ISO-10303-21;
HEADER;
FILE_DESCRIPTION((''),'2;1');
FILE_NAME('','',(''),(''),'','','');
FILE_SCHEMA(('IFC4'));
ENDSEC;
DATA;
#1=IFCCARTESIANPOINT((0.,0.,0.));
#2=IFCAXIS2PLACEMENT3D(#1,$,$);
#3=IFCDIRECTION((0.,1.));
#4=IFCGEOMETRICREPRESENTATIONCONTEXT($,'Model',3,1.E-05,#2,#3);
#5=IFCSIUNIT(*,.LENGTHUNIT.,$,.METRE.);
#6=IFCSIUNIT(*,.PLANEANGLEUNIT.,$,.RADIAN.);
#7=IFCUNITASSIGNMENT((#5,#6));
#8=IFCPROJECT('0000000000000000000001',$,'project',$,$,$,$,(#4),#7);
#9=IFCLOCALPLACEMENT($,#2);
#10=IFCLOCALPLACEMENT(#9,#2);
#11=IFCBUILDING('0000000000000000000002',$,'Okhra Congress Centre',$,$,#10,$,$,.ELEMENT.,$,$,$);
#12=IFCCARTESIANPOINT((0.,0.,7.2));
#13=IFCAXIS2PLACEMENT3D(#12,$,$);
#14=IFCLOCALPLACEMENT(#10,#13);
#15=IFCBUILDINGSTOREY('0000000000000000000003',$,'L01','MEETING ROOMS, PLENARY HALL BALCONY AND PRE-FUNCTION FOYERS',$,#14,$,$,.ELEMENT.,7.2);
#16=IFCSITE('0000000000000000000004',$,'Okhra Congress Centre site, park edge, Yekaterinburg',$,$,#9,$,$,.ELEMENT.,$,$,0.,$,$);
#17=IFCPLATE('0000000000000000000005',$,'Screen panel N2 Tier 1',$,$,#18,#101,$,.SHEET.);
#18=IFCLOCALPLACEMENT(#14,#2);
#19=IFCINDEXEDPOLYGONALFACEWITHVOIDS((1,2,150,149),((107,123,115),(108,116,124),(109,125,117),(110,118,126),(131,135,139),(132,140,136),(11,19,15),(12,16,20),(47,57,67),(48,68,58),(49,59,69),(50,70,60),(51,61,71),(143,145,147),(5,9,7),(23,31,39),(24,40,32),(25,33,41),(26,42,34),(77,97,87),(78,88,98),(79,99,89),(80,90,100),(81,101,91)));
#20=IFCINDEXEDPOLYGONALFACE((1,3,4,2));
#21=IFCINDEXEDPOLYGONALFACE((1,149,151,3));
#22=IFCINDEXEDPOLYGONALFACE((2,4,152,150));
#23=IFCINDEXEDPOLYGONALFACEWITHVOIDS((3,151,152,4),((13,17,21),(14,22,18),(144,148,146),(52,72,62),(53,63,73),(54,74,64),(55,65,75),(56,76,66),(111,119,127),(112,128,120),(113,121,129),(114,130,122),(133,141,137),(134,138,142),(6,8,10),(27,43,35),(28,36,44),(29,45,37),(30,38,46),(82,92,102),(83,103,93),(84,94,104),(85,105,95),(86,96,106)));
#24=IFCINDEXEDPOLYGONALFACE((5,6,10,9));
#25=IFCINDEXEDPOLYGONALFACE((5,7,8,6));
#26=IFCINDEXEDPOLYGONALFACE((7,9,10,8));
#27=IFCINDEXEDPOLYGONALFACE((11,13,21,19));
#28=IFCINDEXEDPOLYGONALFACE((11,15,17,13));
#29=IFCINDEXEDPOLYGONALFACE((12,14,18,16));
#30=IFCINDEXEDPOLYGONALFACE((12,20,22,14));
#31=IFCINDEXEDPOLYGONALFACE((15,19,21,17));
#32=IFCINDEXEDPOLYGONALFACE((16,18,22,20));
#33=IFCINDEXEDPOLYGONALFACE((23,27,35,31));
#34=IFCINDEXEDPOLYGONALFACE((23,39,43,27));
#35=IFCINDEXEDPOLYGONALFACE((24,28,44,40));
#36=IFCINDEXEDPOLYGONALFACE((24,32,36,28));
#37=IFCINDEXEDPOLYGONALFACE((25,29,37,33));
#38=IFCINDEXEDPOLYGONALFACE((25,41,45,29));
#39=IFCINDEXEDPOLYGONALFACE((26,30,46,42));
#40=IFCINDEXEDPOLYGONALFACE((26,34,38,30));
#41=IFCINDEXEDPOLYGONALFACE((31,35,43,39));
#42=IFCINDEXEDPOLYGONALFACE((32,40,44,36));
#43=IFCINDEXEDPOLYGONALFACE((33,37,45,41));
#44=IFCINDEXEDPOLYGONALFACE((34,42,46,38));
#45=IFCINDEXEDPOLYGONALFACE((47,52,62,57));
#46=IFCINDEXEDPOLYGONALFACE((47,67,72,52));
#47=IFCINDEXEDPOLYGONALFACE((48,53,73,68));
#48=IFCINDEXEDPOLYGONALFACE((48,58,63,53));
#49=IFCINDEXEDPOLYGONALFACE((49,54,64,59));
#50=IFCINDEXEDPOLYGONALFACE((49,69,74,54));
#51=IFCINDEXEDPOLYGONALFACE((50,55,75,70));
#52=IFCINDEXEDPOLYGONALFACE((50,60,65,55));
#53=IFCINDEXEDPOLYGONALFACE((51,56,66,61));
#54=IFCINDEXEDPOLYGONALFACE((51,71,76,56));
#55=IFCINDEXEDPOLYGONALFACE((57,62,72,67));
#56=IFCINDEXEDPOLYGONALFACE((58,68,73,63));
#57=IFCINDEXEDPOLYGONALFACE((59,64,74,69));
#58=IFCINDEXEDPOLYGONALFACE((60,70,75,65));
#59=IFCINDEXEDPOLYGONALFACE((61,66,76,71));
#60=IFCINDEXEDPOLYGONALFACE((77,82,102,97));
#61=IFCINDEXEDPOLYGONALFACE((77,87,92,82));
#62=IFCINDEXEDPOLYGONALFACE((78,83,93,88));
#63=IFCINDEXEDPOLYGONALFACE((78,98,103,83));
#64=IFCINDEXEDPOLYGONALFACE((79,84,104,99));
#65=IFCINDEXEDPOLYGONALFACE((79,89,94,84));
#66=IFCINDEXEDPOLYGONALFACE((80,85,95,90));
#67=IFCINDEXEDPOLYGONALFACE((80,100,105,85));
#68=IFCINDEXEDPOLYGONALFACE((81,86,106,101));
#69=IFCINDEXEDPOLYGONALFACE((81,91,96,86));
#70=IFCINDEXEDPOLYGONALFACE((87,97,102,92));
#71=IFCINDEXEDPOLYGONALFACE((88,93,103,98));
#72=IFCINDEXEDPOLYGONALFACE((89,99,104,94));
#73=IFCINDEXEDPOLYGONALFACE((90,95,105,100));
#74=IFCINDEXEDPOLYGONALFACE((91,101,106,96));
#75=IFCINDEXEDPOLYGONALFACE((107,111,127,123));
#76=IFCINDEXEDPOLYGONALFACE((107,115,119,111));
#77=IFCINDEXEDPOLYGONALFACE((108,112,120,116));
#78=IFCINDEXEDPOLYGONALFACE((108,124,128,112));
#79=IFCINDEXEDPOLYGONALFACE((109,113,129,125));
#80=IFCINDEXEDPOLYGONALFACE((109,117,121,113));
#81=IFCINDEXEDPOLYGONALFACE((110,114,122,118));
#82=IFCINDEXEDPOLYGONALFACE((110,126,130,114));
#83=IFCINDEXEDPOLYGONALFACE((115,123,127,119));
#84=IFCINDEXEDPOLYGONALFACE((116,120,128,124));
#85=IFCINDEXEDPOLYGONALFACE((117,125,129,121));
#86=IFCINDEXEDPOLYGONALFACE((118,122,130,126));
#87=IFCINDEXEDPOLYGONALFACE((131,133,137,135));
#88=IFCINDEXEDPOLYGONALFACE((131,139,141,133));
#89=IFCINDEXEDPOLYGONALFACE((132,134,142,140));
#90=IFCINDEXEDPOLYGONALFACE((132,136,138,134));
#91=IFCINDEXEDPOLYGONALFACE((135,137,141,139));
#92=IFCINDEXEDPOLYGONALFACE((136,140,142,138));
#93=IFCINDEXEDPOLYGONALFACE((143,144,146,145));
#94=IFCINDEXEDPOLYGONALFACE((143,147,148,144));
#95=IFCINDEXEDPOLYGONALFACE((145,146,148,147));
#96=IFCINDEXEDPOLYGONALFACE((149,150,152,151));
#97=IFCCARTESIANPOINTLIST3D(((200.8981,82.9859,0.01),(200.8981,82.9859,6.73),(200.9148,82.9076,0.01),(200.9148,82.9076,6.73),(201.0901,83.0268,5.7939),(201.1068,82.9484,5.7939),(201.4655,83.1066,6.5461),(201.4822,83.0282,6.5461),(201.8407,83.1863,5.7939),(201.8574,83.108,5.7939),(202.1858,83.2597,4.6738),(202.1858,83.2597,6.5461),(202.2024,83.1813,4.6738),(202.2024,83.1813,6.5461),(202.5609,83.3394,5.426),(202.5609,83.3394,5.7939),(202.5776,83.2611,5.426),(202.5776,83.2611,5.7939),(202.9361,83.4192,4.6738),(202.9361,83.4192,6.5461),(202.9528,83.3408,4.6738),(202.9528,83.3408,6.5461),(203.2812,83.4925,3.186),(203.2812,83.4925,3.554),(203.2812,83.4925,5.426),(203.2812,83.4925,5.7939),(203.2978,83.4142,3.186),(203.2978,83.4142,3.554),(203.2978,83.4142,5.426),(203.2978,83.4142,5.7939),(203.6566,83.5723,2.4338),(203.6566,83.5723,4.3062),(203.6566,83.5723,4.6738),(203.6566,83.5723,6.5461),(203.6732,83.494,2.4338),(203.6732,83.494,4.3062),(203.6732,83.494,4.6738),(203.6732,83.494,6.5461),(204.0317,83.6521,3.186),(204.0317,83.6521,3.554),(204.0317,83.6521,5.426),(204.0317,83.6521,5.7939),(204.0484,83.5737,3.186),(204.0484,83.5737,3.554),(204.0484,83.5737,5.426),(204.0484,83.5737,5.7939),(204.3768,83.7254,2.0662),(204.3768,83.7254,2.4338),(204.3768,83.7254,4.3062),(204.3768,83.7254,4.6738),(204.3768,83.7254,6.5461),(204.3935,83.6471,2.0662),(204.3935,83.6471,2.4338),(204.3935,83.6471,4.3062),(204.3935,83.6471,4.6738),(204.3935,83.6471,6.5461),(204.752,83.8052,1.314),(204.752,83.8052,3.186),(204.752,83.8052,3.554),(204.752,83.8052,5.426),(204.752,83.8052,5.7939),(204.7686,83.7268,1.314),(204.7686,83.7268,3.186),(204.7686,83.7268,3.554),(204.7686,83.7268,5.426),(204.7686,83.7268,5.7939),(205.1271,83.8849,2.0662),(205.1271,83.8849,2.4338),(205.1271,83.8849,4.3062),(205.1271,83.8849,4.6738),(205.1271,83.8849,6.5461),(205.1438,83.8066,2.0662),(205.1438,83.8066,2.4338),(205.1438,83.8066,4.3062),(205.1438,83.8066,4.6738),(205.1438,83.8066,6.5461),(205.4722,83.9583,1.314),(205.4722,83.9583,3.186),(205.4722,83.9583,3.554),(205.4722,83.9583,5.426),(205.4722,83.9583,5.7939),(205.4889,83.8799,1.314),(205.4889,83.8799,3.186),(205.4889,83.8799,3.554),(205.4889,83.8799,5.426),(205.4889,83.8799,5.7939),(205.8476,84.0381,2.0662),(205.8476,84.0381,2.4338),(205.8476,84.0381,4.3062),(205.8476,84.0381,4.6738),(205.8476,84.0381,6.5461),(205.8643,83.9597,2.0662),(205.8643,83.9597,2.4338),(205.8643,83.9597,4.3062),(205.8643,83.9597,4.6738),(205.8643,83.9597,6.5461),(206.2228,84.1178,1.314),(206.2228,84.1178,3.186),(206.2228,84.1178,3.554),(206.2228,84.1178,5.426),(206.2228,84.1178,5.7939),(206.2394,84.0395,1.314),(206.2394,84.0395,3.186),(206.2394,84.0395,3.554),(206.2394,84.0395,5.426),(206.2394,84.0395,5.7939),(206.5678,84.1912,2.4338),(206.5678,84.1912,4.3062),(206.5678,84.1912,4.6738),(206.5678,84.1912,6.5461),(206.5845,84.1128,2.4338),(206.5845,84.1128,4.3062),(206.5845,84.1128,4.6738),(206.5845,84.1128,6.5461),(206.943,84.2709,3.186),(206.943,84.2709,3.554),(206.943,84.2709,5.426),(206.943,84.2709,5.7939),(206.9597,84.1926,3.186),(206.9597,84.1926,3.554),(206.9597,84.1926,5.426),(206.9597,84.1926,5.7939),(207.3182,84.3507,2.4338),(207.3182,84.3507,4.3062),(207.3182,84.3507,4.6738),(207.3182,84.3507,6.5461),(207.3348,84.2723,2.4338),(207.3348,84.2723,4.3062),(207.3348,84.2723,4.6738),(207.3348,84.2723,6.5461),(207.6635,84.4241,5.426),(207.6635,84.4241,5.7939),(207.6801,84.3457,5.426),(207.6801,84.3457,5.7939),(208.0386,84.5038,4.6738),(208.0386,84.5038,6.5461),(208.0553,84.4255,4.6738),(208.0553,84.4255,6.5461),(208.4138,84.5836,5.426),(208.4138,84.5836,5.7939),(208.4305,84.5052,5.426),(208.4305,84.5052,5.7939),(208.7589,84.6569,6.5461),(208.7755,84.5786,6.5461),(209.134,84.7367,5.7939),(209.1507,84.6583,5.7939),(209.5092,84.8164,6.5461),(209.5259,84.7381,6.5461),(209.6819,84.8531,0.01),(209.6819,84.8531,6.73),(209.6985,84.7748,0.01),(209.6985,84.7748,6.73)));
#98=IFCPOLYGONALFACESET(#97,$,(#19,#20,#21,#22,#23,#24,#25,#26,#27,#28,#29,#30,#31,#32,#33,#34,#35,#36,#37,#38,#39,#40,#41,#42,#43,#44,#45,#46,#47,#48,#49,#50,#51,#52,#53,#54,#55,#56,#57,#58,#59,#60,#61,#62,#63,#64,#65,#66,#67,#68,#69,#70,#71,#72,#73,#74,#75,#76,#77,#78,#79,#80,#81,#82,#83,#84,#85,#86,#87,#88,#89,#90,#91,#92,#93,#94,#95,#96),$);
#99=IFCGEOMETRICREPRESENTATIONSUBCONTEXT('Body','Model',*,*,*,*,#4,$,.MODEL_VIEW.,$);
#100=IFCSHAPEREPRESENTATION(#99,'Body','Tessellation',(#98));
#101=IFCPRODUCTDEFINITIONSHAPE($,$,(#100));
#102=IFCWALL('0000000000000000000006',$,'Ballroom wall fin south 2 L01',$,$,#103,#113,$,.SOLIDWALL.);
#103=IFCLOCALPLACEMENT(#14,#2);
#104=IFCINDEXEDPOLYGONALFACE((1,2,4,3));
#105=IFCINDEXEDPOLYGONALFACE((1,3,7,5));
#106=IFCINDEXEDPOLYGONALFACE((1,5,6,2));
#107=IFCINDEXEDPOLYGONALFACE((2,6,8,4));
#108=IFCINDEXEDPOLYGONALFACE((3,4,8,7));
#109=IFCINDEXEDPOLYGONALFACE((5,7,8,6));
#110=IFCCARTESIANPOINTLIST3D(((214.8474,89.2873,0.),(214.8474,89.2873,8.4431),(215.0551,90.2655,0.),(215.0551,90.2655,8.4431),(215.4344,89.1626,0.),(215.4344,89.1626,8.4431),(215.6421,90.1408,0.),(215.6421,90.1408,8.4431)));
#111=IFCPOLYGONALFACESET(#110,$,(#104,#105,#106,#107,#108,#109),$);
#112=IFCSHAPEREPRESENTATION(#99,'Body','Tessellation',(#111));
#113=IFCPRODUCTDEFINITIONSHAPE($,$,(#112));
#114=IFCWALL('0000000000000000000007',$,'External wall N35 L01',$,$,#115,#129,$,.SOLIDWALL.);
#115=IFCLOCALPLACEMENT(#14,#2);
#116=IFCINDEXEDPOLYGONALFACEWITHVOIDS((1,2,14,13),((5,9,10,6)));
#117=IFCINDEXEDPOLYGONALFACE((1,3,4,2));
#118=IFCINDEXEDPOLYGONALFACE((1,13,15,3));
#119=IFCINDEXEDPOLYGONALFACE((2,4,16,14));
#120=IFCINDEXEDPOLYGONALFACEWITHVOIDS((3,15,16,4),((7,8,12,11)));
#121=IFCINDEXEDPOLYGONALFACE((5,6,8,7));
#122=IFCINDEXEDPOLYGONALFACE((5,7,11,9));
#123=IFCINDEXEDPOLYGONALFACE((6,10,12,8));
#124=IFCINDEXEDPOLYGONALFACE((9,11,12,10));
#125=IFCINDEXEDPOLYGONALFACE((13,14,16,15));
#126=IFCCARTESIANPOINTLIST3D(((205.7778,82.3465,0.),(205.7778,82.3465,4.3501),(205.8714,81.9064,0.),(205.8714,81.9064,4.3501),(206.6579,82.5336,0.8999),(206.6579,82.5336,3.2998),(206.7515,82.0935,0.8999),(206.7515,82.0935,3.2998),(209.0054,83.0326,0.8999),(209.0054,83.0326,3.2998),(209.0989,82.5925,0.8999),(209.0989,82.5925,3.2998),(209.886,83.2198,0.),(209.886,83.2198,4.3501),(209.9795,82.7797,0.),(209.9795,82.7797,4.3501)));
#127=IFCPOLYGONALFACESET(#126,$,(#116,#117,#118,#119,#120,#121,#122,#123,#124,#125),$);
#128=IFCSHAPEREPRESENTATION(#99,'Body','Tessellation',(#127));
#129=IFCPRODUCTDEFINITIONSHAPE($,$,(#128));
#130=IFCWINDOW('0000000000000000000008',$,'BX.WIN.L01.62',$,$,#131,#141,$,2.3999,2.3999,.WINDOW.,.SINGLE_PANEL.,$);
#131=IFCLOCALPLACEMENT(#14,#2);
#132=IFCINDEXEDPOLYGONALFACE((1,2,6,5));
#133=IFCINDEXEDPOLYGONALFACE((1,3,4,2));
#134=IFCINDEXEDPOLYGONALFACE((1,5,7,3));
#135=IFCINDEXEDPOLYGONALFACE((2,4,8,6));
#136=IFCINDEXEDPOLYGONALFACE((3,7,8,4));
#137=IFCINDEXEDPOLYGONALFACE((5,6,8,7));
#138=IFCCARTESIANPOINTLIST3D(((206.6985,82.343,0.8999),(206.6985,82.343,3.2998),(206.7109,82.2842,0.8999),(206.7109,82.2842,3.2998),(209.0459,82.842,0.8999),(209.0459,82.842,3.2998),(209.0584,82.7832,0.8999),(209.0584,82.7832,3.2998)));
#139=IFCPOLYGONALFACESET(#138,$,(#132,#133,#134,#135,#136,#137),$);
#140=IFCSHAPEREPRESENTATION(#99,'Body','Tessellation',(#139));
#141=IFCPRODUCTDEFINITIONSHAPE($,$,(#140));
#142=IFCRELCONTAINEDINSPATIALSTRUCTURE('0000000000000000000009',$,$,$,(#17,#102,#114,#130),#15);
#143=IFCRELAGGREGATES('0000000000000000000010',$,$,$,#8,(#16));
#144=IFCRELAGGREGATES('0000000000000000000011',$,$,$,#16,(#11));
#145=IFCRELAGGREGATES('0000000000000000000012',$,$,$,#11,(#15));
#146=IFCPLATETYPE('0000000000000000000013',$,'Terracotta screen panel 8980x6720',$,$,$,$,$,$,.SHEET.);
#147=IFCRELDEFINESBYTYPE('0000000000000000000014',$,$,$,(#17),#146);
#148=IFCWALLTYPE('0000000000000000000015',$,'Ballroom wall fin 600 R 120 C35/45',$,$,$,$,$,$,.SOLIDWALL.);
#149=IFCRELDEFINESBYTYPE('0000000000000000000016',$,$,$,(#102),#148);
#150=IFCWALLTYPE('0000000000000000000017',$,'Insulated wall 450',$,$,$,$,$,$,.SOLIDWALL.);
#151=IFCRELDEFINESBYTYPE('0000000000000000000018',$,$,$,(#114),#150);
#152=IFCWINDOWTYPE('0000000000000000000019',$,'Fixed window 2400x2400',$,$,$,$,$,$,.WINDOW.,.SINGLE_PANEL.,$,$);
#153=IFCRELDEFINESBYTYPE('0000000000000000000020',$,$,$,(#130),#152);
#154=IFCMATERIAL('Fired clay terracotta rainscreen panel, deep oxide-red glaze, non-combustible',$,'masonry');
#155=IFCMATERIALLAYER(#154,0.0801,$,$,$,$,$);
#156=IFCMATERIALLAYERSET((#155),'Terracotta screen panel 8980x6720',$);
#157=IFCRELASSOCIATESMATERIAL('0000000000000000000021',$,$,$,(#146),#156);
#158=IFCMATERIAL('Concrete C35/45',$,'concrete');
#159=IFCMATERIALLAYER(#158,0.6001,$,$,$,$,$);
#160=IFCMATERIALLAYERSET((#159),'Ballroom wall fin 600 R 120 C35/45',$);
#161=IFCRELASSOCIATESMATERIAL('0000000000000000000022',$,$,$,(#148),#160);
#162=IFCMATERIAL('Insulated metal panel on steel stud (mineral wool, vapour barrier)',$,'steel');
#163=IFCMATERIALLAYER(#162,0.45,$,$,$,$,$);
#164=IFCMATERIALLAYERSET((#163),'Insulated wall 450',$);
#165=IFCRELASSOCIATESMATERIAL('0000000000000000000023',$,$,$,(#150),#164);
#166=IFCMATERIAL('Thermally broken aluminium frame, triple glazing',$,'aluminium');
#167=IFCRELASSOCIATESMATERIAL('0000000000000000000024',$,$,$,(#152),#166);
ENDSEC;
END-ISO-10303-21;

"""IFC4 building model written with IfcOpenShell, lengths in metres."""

from ifc_helpers import new_model, si_unit, direction, frame, frame_2d, origin, place, context, subcontext, project, spatial, polyline, rectangle, outline, extrude, material, layer, layer_set, type_object, element, fill, save


model = new_model("IFC4")

# Units and contexts
model_context = context("Model", 3, precision=1e-05, world=origin(), true_north=direction((0.0, 1.0)))
body_context = subcontext(model_context, "Body", "Model", "MODEL_VIEW")
ifc_project = project(units=[si_unit("LENGTHUNIT", "METRE"), si_unit("PLANEANGLEUNIT", "RADIAN")], contexts=[model_context])

# Site, building, storey
site_placement = place(None, origin())
site = spatial("IfcSite", under=ifc_project, at=site_placement, Name="Okhra Congress Centre site, park edge, Yekaterinburg", CompositionType="ELEMENT", RefElevation=0.0)
building_placement = place(site_placement, origin())
building = spatial("IfcBuilding", under=site, at=building_placement, Name="Okhra Congress Centre", CompositionType="ELEMENT")
storey_placement = place(building_placement, frame((0.0, 0.0, 7.2)))
storey = spatial("IfcBuildingStorey", under=building, at=storey_placement, Name="L01", Description="MEETING ROOMS, PLENARY HALL BALCONY AND PRE-FUNCTION FOYERS", CompositionType="ELEMENT", Elevation=7.2)

# Plate
ifc_material_1 = material(Name="Fired clay terracotta rainscreen panel, deep oxide-red glaze, non-combustible", Category="masonry")
ifc_layer_1 = layer(ifc_material_1, 0.0801)
ifc_layer_set_1 = layer_set([ifc_layer_1], Name="Terracotta screen panel 8980x6720")
plate_type_1 = type_object("IfcPlateType", Name="Terracotta screen panel 8980x6720", PredefinedType="SHEET", material=ifc_layer_set_1)
plate_1_placement = place(storey_placement, frame((209.6902, 84.814, 0.01), z_axis=(0.0, 0.0, 1.0), x_axis=(-0.978144, -0.207928, 0.0)))
element("IfcPlate", 1, at=plate_1_placement, inside=storey, type_object=plate_type_1, Name="Screen panel N2 Tier 1", PredefinedType="SHEET", context=body_context, shape_type="SweptSolid", body=[
    extrude(outline(polyline([(0.0, 0.0), (8.98, 0.0), (8.98, 6.72), (0.0, 6.72), (0.0, 0.0)]), holes=[polyline([(3.5364, 1.304), (4.3037, 1.304), (3.9199, 2.0562), (3.5364, 1.304)]), polyline([(4.6565, 2.0562), (5.04, 1.304), (5.4236, 2.0562), (4.6565, 2.0562)]), polyline([(2.4165, 2.4238), (3.1836, 2.4238), (2.8, 3.176), (2.4165, 2.4238)]), polyline([(3.5364, 3.176), (3.9199, 2.4238), (4.3037, 3.176), (3.5364, 3.176)]), polyline([(4.6565, 2.4238), (5.4236, 2.4238), (5.04, 3.176), (4.6565, 2.4238)]), polyline([(5.7764, 3.176), (6.1599, 2.4238), (6.5437, 3.176), (5.7764, 3.176)]), polyline([(2.4165, 4.2961), (2.8, 3.5439), (3.1836, 4.2961), (2.4165, 4.2961)]), polyline([(3.5364, 3.5439), (4.3037, 3.5439), (3.9199, 4.2961), (3.5364, 3.5439)]), polyline([(4.6565, 4.2961), (5.04, 3.5439), (5.4236, 4.2961), (4.6565, 4.2961)]), polyline([(5.7764, 3.5439), (6.5437, 3.5439), (6.1599, 4.2961), (5.7764, 3.5439)]), polyline([(1.2964, 5.416), (1.6799, 4.6638), (2.0635, 5.416), (1.2964, 5.416)]), polyline([(2.4165, 4.6638), (3.1836, 4.6638), (2.8, 5.416), (2.4165, 4.6638)]), polyline([(3.5364, 5.416), (3.9199, 4.6638), (4.3037, 5.416), (3.5364, 5.416)]), polyline([(4.6565, 4.6638), (5.4236, 4.6638), (5.04, 5.416), (4.6565, 4.6638)]), polyline([(5.7764, 5.416), (6.1599, 4.6638), (6.5437, 5.416), (5.7764, 5.416)]), polyline([(6.8965, 4.6638), (7.6636, 4.6638), (7.28, 5.416), (6.8965, 4.6638)]), polyline([(0.1765, 6.5361), (0.5601, 5.7839), (0.9436, 6.5361), (0.1765, 6.5361)]), polyline([(1.2964, 5.7839), (2.0635, 5.7839), (1.6799, 6.5361), (1.2964, 5.7839)]), polyline([(2.4165, 6.5361), (2.8, 5.7839), (3.1836, 6.5361), (2.4165, 6.5361)]), polyline([(3.5364, 5.7839), (4.3037, 5.7839), (3.9199, 6.5361), (3.5364, 5.7839)]), polyline([(4.6565, 6.5361), (5.04, 5.7839), (5.4236, 6.5361), (4.6565, 6.5361)]), polyline([(5.7764, 5.7839), (6.5437, 5.7839), (6.1599, 6.5361), (5.7764, 5.7839)]), polyline([(6.8965, 6.5361), (7.28, 5.7839), (7.6636, 6.5361), (6.8965, 6.5361)]), polyline([(8.0164, 5.7839), (8.7837, 5.7839), (8.3999, 6.5361), (8.0164, 5.7839)])]), frame((0.0, 0.04, 0.0), z_axis=(0.0, -1.0, 0.0), x_axis=(1.0, 0.0, 0.0)), (0.0, 0.0, 1.0), 0.0801),
])

# Wall
ifc_material_2 = material(Name="Concrete C35/45", Category="concrete")
ifc_layer_2 = layer(ifc_material_2, 0.6001)
ifc_layer_set_2 = layer_set([ifc_layer_2], Name="Ballroom wall fin 600 R 120 C35/45")
wall_type_1 = type_object("IfcWallType", Name="Ballroom wall fin 600 R 120 C35/45", PredefinedType="SOLIDWALL", material=ifc_layer_set_2)
wall_1_placement = place(storey_placement, frame((215.3486, 90.2031, 0.0), z_axis=(0.0, 0.0, 1.0), x_axis=(-0.207745, -0.978183, 0.0)))
element("IfcWall", 2, at=wall_1_placement, inside=storey, type_object=wall_type_1, Name="Ballroom wall fin south 2 L01", PredefinedType="SOLIDWALL", context=body_context, shape_type="SweptSolid", body=[
    extrude(rectangle(XDim=1.0, YDim=0.6001, at=frame_2d((0.5, 0.0))), origin(), (0.0, 0.0, 1.0), 8.4431),
])

# Wall, opening, window
ifc_material_3 = material(Name="Insulated metal panel on steel stud (mineral wool, vapour barrier)", Category="steel")
ifc_layer_3 = layer(ifc_material_3, 0.45)
ifc_layer_set_3 = layer_set([ifc_layer_3], Name="Insulated wall 450")
wall_type_2 = type_object("IfcWallType", Name="Insulated wall 450", PredefinedType="SOLIDWALL", material=ifc_layer_set_3)
wall_2_placement = place(storey_placement, frame((205.8245, 82.1265, 0.0), z_axis=(0.0, 0.0, 1.0), x_axis=(0.978144, 0.207929, 0.0)))
wall_2 = element("IfcWall", 3, at=wall_2_placement, inside=storey, type_object=wall_type_2, Name="External wall N35 L01", PredefinedType="SOLIDWALL", context=body_context, shape_type="SweptSolid", body=[
    extrude(rectangle(XDim=4.2, YDim=0.45, at=frame_2d((2.1001, 0.0))), origin(), (0.0, 0.0, 1.0), 4.3501),
])
opening_1_placement = place(wall_2_placement, frame((0.8999, 0.0, 0.8999)))
opening_1 = element("IfcOpeningElement", 4, at=opening_1_placement, cuts=wall_2, PredefinedType="OPENING", context=body_context, shape_type="SweptSolid", body=[
    extrude(rectangle(XDim=2.3999, YDim=2.3999, at=frame_2d((1.2, 1.2))), frame((0.0, 0.2349, 0.0), z_axis=(0.0, -1.0, 0.0), x_axis=(1.0, 0.0, 0.0)), (0.0, 0.0, 1.0), 0.47),
])
ifc_material_4 = material(Name="Thermally broken aluminium frame, triple glazing", Category="aluminium")
window_type_1 = type_object("IfcWindowType", Name="Fixed window 2400x2400", PartitioningType="SINGLE_PANEL", PredefinedType="WINDOW", material=ifc_material_4)
window_1_placement = place(opening_1_placement, origin())
window_1 = element("IfcWindow", 5, at=window_1_placement, inside=storey, type_object=window_type_1, Name="BX.WIN.L01.62", OverallHeight=2.3999, OverallWidth=2.3999, PartitioningType="SINGLE_PANEL", PredefinedType="WINDOW", context=body_context, shape_type="SweptSolid", body=[
    extrude(rectangle(XDim=2.3999, YDim=2.3999, at=frame_2d((1.2, 1.2))), frame((0.0, 0.03, 0.0), z_axis=(0.0, -1.0, 0.0), x_axis=(1.0, 0.0, 0.0)), (0.0, 0.0, 1.0), 0.0601),
])
fill(opening_1, window_1)

save(model, "model.ifc")
